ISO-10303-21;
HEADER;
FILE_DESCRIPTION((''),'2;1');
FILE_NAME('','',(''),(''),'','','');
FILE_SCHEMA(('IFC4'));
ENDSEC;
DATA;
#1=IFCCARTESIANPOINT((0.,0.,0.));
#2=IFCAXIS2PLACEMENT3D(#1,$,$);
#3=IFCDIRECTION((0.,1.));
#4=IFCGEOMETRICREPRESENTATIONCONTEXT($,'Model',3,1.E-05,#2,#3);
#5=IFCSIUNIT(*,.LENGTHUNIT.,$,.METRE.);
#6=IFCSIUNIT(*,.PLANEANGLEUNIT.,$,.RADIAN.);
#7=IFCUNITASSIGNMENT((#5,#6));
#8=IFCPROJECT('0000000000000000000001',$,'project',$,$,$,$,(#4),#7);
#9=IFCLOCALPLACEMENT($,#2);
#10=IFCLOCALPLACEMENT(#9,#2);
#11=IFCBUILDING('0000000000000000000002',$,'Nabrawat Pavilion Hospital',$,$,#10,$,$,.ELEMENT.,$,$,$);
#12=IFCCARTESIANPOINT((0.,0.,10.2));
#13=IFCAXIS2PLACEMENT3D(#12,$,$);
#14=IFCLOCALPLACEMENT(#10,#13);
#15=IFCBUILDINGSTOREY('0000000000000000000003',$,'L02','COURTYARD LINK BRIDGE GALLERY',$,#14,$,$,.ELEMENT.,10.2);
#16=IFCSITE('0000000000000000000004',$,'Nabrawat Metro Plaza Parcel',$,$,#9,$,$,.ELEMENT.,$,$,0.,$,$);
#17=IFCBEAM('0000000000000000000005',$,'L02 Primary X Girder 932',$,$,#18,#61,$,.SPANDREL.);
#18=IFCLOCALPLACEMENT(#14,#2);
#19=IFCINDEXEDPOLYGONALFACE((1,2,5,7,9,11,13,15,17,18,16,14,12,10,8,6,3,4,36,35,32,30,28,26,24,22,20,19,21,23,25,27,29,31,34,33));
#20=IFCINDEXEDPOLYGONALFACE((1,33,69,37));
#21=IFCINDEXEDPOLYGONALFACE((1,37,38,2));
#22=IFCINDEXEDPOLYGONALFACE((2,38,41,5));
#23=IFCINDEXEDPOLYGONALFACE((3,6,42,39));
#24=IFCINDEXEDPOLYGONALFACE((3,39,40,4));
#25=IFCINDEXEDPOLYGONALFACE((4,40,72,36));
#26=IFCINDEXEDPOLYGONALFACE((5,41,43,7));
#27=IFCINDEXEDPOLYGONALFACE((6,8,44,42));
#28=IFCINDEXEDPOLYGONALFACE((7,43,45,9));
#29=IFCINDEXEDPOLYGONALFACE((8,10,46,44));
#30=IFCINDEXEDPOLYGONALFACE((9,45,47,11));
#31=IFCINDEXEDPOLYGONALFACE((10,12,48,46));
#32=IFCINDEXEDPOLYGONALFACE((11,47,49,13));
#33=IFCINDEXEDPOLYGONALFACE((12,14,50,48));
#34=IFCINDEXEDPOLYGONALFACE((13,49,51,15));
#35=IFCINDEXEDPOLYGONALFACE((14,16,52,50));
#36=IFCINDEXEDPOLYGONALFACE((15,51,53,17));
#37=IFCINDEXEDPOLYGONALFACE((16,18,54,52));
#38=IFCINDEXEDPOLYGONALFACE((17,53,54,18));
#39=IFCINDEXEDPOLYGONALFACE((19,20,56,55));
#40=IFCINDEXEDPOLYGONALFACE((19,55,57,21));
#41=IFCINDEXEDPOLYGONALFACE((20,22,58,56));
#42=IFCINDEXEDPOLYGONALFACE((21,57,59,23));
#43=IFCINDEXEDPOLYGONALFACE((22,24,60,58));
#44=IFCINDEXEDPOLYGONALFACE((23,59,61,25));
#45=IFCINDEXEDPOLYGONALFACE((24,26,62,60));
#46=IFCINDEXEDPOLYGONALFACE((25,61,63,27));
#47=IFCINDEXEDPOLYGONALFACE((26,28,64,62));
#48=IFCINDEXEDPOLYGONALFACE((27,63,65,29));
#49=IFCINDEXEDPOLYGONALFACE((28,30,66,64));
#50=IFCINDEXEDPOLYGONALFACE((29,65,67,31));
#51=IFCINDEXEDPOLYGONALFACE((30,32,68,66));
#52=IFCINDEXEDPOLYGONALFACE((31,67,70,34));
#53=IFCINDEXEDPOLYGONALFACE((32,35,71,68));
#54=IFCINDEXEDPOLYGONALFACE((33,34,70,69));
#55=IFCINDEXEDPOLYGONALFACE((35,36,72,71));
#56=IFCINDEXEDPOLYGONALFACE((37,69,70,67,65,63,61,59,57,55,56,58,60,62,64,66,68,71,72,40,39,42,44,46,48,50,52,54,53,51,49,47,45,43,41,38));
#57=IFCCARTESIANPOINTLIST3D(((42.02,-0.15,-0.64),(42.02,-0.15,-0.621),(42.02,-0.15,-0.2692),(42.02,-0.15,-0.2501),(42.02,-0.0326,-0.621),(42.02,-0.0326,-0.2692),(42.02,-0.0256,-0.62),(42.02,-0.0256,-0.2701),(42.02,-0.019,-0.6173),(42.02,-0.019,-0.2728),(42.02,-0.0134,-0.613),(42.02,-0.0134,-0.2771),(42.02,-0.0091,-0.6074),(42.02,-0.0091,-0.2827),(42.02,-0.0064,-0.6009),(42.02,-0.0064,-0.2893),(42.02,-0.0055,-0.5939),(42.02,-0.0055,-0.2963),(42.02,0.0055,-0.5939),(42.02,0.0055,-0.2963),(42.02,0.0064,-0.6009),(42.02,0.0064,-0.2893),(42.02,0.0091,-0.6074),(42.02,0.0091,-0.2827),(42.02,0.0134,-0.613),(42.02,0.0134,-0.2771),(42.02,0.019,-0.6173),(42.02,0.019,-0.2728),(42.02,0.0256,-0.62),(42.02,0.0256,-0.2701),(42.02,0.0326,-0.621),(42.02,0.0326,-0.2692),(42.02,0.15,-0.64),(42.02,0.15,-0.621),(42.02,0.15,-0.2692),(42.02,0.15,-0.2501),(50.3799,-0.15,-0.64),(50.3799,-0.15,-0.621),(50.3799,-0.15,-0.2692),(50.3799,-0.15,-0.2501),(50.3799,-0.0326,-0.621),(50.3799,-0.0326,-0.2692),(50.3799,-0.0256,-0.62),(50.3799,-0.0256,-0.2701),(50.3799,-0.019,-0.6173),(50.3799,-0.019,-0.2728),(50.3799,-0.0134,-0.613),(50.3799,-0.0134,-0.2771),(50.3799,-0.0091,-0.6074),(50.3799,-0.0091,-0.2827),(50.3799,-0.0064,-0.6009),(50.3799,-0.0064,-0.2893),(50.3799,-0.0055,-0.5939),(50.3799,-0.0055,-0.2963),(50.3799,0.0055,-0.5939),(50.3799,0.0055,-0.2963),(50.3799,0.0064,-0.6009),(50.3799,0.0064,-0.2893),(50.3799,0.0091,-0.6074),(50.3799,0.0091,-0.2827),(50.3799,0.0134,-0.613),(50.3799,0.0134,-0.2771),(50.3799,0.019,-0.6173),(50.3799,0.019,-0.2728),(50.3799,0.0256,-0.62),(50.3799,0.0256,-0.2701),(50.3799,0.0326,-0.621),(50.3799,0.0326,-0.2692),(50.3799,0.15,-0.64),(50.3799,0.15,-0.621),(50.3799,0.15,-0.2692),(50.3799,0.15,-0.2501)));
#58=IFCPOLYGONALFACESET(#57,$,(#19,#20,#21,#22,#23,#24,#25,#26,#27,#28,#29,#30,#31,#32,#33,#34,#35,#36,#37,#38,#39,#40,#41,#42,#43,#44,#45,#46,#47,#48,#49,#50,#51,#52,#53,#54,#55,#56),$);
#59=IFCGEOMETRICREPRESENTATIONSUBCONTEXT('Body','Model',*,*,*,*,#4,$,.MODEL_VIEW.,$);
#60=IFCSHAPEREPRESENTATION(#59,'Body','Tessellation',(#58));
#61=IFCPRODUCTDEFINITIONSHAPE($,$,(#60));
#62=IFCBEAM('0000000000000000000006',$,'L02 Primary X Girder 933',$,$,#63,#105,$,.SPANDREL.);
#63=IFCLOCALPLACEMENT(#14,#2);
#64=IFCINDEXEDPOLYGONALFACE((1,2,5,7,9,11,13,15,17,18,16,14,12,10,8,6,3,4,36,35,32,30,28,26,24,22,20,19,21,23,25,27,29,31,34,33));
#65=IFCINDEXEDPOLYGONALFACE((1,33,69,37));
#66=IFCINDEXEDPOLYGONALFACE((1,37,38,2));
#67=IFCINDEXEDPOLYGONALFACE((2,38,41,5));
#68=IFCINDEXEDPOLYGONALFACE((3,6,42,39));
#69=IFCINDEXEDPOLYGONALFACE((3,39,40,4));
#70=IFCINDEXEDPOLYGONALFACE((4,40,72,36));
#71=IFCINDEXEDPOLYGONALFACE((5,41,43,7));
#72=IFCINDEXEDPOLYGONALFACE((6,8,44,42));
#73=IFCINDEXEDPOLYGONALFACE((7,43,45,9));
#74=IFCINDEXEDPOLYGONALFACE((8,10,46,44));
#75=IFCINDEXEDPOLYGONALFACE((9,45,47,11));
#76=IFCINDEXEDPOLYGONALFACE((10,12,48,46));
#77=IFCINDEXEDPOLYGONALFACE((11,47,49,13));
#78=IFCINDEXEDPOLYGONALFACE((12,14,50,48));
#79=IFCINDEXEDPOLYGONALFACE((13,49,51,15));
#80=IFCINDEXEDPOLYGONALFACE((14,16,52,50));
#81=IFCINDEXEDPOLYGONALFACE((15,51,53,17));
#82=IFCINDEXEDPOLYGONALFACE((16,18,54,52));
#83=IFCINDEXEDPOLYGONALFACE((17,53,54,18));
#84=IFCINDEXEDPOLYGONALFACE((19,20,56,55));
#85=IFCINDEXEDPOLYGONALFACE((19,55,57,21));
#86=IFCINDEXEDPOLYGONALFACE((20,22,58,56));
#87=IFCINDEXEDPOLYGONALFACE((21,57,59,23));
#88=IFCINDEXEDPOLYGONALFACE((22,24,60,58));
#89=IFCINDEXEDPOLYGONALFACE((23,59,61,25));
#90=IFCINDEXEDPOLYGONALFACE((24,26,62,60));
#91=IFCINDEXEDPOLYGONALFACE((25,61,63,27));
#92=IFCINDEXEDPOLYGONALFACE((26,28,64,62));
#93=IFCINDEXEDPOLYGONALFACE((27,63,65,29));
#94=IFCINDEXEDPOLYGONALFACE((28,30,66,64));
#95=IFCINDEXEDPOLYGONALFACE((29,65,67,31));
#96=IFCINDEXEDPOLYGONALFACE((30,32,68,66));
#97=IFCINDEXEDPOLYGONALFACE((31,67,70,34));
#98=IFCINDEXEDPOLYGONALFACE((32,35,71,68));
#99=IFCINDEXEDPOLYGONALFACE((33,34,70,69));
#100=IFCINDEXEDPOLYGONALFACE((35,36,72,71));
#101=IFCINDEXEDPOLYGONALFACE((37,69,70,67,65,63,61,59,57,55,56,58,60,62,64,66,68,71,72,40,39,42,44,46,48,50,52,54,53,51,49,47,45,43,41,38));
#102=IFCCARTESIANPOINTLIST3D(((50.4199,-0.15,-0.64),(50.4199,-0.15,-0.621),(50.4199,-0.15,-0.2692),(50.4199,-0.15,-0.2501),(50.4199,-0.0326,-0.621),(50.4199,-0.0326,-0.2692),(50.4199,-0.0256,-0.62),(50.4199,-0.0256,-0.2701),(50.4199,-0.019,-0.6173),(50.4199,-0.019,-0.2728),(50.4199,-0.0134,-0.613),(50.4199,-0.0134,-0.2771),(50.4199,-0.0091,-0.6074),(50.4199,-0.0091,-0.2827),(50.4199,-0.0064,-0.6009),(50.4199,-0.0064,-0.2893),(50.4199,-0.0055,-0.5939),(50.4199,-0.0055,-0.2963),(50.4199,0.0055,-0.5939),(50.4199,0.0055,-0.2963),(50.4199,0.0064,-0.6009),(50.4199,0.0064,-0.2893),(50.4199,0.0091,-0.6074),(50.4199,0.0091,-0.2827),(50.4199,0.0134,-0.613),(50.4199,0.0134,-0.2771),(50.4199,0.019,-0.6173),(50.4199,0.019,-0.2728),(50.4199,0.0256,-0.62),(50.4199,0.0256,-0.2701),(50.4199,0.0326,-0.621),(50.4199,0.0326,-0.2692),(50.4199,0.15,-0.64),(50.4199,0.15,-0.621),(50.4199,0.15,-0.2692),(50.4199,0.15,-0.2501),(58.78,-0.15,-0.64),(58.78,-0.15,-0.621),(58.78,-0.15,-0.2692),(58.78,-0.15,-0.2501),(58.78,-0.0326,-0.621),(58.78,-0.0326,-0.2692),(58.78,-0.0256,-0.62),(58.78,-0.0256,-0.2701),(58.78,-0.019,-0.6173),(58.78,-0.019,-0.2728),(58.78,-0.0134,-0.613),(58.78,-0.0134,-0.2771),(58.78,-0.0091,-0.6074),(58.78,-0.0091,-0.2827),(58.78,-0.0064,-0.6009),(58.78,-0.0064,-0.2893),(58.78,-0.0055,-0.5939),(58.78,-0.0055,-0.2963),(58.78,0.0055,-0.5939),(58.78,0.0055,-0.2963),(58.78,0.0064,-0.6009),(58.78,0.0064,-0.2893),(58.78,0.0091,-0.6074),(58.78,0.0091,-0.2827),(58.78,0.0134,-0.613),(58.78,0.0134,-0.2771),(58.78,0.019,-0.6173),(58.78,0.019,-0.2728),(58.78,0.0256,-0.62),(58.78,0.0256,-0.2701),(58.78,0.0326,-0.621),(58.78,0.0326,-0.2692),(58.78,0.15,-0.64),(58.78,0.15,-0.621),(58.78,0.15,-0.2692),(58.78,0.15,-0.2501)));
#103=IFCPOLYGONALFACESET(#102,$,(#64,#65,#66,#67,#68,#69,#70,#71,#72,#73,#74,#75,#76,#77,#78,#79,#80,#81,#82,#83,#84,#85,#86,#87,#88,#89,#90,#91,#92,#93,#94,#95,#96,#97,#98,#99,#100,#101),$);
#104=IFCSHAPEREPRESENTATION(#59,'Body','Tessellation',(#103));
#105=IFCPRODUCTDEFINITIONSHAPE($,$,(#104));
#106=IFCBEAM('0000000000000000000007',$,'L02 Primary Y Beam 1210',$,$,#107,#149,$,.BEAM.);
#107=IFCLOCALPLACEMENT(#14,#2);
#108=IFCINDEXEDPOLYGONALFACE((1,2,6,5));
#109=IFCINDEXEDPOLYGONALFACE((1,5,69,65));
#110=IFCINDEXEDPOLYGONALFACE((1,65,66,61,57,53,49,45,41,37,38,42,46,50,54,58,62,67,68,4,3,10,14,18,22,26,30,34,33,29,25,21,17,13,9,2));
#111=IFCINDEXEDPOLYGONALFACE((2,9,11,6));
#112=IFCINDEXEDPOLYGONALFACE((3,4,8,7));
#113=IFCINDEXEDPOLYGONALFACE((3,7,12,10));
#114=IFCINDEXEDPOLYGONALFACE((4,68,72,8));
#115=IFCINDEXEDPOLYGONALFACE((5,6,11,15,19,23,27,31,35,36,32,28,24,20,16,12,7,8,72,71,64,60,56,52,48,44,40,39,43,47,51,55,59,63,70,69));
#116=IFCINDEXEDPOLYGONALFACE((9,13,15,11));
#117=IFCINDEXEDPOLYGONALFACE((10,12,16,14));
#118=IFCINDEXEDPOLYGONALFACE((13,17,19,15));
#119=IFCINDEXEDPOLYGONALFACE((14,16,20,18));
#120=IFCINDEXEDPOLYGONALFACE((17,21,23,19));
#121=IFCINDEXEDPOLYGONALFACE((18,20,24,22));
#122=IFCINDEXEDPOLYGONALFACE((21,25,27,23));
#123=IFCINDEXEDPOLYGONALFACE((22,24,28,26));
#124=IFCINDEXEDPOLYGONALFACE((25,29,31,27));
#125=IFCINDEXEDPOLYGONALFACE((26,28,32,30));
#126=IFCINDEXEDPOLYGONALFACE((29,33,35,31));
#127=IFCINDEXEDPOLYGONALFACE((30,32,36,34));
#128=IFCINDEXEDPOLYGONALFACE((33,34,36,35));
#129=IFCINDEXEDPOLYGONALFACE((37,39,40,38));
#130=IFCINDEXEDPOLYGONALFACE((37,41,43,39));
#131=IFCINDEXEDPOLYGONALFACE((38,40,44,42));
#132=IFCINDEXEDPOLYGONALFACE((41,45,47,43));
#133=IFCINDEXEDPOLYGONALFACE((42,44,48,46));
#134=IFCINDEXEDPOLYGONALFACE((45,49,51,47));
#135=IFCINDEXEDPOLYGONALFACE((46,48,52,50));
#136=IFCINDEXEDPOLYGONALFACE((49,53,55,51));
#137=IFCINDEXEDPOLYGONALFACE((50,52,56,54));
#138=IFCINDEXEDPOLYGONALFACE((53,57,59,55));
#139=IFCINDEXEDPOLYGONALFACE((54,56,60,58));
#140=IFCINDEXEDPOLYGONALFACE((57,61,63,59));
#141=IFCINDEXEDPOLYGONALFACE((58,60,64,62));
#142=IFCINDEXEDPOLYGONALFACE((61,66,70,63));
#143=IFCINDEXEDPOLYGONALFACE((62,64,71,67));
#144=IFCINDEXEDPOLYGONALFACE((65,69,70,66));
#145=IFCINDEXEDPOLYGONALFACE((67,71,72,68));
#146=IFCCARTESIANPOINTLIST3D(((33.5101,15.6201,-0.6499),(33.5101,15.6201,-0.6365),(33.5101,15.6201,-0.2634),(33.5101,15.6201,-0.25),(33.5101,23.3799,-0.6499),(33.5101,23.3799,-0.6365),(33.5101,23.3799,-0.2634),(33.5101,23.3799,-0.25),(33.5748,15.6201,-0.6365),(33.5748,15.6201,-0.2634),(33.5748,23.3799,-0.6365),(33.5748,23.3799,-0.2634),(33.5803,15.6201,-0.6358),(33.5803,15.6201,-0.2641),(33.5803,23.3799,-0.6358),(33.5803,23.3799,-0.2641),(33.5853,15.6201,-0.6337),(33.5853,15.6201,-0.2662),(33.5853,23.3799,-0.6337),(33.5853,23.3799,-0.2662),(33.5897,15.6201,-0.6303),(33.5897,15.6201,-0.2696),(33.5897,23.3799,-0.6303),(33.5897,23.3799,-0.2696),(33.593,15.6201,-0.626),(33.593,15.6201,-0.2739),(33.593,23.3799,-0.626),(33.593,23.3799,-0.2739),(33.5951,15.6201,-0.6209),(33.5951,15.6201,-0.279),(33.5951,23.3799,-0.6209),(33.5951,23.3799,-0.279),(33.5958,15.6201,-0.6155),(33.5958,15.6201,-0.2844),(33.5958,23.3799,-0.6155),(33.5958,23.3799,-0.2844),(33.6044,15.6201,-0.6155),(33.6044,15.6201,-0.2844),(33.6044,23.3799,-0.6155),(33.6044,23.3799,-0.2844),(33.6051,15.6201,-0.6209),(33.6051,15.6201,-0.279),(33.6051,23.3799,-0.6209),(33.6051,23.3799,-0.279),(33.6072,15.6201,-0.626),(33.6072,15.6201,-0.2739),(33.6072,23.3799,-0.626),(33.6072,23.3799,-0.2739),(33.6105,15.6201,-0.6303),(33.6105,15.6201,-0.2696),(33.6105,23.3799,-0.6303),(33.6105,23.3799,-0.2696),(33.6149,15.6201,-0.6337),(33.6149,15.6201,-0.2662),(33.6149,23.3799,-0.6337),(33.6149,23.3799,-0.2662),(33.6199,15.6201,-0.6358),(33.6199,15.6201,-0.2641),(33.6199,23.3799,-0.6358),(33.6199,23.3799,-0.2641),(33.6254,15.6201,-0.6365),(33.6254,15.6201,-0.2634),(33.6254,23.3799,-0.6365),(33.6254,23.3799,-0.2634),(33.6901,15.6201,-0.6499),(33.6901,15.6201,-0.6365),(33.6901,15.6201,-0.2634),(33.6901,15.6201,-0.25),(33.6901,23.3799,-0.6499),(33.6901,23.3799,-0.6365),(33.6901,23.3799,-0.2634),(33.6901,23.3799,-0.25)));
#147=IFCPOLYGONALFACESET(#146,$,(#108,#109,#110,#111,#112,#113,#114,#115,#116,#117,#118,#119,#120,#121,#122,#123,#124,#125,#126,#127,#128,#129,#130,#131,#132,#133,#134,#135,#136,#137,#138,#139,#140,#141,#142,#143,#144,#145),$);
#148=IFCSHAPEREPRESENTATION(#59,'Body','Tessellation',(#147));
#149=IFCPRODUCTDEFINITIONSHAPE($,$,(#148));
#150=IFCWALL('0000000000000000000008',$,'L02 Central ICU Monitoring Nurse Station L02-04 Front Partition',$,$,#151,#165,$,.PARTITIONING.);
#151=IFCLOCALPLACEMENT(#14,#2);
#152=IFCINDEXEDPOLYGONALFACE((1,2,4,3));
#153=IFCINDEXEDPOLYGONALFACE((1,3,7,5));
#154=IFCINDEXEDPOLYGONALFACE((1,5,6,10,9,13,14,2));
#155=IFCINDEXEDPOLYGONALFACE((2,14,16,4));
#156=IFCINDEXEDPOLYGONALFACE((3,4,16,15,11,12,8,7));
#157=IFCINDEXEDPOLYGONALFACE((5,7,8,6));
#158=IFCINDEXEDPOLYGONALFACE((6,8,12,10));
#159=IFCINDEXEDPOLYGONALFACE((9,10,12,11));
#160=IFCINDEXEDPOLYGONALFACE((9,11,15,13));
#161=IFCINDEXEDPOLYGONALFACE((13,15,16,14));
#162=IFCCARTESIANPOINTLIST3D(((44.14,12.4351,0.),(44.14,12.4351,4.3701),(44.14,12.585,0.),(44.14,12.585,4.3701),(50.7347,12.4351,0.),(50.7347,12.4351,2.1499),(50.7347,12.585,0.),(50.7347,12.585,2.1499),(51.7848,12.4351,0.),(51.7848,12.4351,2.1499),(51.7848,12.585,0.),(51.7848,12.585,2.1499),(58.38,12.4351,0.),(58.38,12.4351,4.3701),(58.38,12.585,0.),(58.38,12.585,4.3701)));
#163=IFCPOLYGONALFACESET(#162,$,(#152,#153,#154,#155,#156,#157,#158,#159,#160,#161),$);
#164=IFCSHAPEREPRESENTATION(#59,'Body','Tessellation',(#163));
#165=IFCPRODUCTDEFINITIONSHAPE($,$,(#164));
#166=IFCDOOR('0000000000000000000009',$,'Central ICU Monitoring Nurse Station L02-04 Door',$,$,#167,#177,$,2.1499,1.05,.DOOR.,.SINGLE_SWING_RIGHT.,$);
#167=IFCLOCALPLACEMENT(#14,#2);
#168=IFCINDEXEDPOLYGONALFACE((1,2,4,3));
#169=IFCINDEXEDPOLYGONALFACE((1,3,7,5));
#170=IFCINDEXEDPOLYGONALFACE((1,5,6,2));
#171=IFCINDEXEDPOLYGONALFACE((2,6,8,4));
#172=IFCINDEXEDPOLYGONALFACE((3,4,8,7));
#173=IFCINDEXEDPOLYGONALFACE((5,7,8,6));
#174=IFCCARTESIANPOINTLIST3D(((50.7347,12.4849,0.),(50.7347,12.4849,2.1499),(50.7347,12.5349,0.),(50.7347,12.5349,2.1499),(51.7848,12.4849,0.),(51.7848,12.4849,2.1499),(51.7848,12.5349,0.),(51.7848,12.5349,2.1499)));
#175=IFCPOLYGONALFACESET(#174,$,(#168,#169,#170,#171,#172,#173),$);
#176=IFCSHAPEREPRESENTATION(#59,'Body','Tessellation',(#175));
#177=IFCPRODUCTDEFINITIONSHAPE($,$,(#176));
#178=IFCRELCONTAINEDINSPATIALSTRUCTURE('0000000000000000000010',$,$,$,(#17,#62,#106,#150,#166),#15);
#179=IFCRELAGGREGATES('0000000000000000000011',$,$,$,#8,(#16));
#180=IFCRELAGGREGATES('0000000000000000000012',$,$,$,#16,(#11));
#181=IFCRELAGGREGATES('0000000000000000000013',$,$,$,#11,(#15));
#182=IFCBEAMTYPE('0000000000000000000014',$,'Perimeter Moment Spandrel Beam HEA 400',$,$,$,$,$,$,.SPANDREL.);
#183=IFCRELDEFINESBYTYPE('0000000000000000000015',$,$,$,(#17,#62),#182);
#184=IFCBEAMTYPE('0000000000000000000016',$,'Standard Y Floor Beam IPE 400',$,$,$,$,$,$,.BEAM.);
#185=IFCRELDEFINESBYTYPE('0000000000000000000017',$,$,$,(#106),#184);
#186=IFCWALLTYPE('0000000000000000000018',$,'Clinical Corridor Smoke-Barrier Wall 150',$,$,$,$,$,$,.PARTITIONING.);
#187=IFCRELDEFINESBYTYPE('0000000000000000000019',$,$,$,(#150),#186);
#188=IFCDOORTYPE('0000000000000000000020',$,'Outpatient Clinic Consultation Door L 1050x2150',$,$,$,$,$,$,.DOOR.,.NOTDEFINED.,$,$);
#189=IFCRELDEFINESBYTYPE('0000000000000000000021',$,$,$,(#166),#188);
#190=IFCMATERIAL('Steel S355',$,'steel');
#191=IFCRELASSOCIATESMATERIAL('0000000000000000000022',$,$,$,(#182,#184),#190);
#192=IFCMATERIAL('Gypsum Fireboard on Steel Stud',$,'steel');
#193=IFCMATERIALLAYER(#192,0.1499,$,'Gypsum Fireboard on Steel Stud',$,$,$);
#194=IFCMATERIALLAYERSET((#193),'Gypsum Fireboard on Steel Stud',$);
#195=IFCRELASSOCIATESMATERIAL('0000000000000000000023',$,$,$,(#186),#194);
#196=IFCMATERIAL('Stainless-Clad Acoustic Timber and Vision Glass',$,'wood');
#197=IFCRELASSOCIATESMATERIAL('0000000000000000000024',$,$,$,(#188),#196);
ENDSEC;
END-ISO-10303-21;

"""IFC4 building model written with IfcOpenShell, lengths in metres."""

from ifc_helpers import new_model, si_unit, direction, frame, frame_2d, origin, origin_2d, place, context, subcontext, project, spatial, rectangle, i_section, extrude, material, layer, layer_set, material_profile, profile_set, type_object, element, fill, save


model = new_model("IFC4")

# Units and contexts
model_context = context("Model", 3, precision=1e-05, world=origin(), true_north=direction((0.0, 1.0)))
body_context = subcontext(model_context, "Body", "Model", "MODEL_VIEW")
ifc_project = project(units=[si_unit("LENGTHUNIT", "METRE"), si_unit("PLANEANGLEUNIT", "RADIAN")], contexts=[model_context])

# Site, building, storey
site_placement = place(None, origin())
site = spatial("IfcSite", under=ifc_project, at=site_placement, Name="Nabrawat Metro Plaza Parcel", CompositionType="ELEMENT", RefElevation=0.0)
building_placement = place(site_placement, origin())
building = spatial("IfcBuilding", under=site, at=building_placement, Name="Nabrawat Pavilion Hospital", CompositionType="ELEMENT")
storey_placement = place(building_placement, frame((0.0, 0.0, 10.2)))
storey = spatial("IfcBuildingStorey", under=building, at=storey_placement, Name="L02", Description="COURTYARD LINK BRIDGE GALLERY", CompositionType="ELEMENT", Elevation=10.2)

# Beams
ifc_material_1 = material(Name="Steel S355", Category="steel")
ifc_material_profile_1 = material_profile(ifc_material_1, i_section(OverallWidth=0.3, OverallDepth=0.3899, WebThickness=0.011, FlangeThickness=0.019, FilletRadius=0.0271, at=origin_2d()), Name="HEA 400")
ifc_profile_set_1 = profile_set([ifc_material_profile_1], Name="Steel S355")
beam_type_1 = type_object("IfcBeamType", Name="Perimeter Moment Spandrel Beam HEA 400", PredefinedType="SPANDREL", material=ifc_profile_set_1)
for number, where, z_axis, x_axis, name in (
    (1, (42.02, 0.0, -0.4451), (1.0, 0.0, 0.0), (0.0, 1.0, 0.0), "L02 Primary X Girder 932"),
):
    element("IfcBeam", number, at=place(storey_placement, frame(where, z_axis=z_axis, x_axis=x_axis)), inside=storey, type_object=beam_type_1, Name=name, PredefinedType="SPANDREL", context=body_context, shape_type="SweptSolid", body=[
        extrude(i_section(OverallWidth=0.3, OverallDepth=0.3899, WebThickness=0.011, FlangeThickness=0.019, FilletRadius=0.0271, at=origin_2d()), origin(), (0.0, 0.0, 1.0), 8.3599),
    ])
beam_1_placement = place(storey_placement, frame((50.4199, 0.0, -0.4451), z_axis=(1.0, 0.0, 0.0), x_axis=(0.0, 1.0, 0.0)))
element("IfcBeam", 2, at=beam_1_placement, inside=storey, type_object=beam_type_1, Name="L02 Primary X Girder 933", PredefinedType="SPANDREL", context=body_context, shape_type="SweptSolid", body=[
    extrude(i_section(OverallWidth=0.3, OverallDepth=0.3899, WebThickness=0.011, FlangeThickness=0.019, FilletRadius=0.0271, at=origin_2d()), origin(), (0.0, 0.0, 1.0), 8.3601),
])
ifc_material_profile_2 = material_profile(ifc_material_1, i_section(OverallWidth=0.1799, OverallDepth=0.3999, WebThickness=0.0085, FlangeThickness=0.0134, FilletRadius=0.021, at=origin_2d()), Name="IPE 400")
ifc_profile_set_2 = profile_set([ifc_material_profile_2], Name="Steel S355")
beam_type_2 = type_object("IfcBeamType", Name="Standard Y Floor Beam IPE 400", PredefinedType="BEAM", material=ifc_profile_set_2)
beam_2_placement = place(storey_placement, frame((33.6001, 15.6201, -0.45), z_axis=(0.0, 1.0, 0.0), x_axis=(-1.0, 0.0, 0.0)))
element("IfcBeam", 3, at=beam_2_placement, inside=storey, type_object=beam_type_2, Name="L02 Primary Y Beam 1210", PredefinedType="BEAM", context=body_context, shape_type="SweptSolid", body=[
    extrude(i_section(OverallWidth=0.1799, OverallDepth=0.3999, WebThickness=0.0085, FlangeThickness=0.0134, FilletRadius=0.021, at=origin_2d()), origin(), (0.0, 0.0, 1.0), 7.7598),
])

# Wall, opening, door
ifc_material_2 = material(Name="Gypsum Fireboard on Steel Stud", Category="steel")
ifc_layer_1 = layer(ifc_material_2, 0.1499, Name="Gypsum Fireboard on Steel Stud")
ifc_layer_set_1 = layer_set([ifc_layer_1], Name="Gypsum Fireboard on Steel Stud")
wall_type_1 = type_object("IfcWallType", Name="Clinical Corridor Smoke-Barrier Wall 150", PredefinedType="PARTITIONING", material=ifc_layer_set_1)
wall_1_placement = place(storey_placement, frame((44.1399, 12.51, 0.0), z_axis=(0.0, 0.0, 1.0), x_axis=(1.0, 0.0, 0.0)))
wall_1 = element("IfcWall", 4, at=wall_1_placement, inside=storey, type_object=wall_type_1, Name="L02 Central ICU Monitoring Nurse Station L02-04 Front Partition", PredefinedType="PARTITIONING", context=body_context, shape_type="SweptSolid", body=[
    extrude(rectangle(XDim=14.24, YDim=0.1499, at=frame_2d((7.1201, 0.0))), origin(), (0.0, 0.0, 1.0), 4.3701),
])
opening_1_placement = place(wall_1_placement, frame((6.595, 0.0, 0.0)))
opening_1 = element("IfcOpeningElement", 5, at=opening_1_placement, cuts=wall_1, PredefinedType="OPENING", context=body_context, shape_type="SweptSolid", body=[
    extrude(rectangle(XDim=1.05, YDim=2.1499, at=frame_2d((0.5249, 1.075))), frame((0.0, 0.085, 0.0), z_axis=(0.0, -1.0, 0.0), x_axis=(1.0, 0.0, 0.0)), (0.0, 0.0, 1.0), 0.1699),
])
ifc_material_3 = material(Name="Stainless-Clad Acoustic Timber and Vision Glass", Category="wood")
door_type_1 = type_object("IfcDoorType", Name="Outpatient Clinic Consultation Door L 1050x2150", OperationType="NOTDEFINED", PredefinedType="DOOR", material=ifc_material_3)
door_1_placement = place(opening_1_placement, origin())
door_1 = element("IfcDoor", 6, at=door_1_placement, inside=storey, type_object=door_type_1, Name="Central ICU Monitoring Nurse Station L02-04 Door", OperationType="SINGLE_SWING_RIGHT", OverallHeight=2.1499, OverallWidth=1.05, PredefinedType="DOOR", context=body_context, shape_type="SweptSolid", body=[
    extrude(rectangle(XDim=1.05, YDim=2.1499, at=frame_2d((0.5249, 1.075))), frame((0.0, 0.0249, 0.0), z_axis=(0.0, -1.0, 0.0), x_axis=(1.0, 0.0, 0.0)), (0.0, 0.0, 1.0), 0.05),
])
fill(opening_1, door_1)

save(model, "model.ifc")
